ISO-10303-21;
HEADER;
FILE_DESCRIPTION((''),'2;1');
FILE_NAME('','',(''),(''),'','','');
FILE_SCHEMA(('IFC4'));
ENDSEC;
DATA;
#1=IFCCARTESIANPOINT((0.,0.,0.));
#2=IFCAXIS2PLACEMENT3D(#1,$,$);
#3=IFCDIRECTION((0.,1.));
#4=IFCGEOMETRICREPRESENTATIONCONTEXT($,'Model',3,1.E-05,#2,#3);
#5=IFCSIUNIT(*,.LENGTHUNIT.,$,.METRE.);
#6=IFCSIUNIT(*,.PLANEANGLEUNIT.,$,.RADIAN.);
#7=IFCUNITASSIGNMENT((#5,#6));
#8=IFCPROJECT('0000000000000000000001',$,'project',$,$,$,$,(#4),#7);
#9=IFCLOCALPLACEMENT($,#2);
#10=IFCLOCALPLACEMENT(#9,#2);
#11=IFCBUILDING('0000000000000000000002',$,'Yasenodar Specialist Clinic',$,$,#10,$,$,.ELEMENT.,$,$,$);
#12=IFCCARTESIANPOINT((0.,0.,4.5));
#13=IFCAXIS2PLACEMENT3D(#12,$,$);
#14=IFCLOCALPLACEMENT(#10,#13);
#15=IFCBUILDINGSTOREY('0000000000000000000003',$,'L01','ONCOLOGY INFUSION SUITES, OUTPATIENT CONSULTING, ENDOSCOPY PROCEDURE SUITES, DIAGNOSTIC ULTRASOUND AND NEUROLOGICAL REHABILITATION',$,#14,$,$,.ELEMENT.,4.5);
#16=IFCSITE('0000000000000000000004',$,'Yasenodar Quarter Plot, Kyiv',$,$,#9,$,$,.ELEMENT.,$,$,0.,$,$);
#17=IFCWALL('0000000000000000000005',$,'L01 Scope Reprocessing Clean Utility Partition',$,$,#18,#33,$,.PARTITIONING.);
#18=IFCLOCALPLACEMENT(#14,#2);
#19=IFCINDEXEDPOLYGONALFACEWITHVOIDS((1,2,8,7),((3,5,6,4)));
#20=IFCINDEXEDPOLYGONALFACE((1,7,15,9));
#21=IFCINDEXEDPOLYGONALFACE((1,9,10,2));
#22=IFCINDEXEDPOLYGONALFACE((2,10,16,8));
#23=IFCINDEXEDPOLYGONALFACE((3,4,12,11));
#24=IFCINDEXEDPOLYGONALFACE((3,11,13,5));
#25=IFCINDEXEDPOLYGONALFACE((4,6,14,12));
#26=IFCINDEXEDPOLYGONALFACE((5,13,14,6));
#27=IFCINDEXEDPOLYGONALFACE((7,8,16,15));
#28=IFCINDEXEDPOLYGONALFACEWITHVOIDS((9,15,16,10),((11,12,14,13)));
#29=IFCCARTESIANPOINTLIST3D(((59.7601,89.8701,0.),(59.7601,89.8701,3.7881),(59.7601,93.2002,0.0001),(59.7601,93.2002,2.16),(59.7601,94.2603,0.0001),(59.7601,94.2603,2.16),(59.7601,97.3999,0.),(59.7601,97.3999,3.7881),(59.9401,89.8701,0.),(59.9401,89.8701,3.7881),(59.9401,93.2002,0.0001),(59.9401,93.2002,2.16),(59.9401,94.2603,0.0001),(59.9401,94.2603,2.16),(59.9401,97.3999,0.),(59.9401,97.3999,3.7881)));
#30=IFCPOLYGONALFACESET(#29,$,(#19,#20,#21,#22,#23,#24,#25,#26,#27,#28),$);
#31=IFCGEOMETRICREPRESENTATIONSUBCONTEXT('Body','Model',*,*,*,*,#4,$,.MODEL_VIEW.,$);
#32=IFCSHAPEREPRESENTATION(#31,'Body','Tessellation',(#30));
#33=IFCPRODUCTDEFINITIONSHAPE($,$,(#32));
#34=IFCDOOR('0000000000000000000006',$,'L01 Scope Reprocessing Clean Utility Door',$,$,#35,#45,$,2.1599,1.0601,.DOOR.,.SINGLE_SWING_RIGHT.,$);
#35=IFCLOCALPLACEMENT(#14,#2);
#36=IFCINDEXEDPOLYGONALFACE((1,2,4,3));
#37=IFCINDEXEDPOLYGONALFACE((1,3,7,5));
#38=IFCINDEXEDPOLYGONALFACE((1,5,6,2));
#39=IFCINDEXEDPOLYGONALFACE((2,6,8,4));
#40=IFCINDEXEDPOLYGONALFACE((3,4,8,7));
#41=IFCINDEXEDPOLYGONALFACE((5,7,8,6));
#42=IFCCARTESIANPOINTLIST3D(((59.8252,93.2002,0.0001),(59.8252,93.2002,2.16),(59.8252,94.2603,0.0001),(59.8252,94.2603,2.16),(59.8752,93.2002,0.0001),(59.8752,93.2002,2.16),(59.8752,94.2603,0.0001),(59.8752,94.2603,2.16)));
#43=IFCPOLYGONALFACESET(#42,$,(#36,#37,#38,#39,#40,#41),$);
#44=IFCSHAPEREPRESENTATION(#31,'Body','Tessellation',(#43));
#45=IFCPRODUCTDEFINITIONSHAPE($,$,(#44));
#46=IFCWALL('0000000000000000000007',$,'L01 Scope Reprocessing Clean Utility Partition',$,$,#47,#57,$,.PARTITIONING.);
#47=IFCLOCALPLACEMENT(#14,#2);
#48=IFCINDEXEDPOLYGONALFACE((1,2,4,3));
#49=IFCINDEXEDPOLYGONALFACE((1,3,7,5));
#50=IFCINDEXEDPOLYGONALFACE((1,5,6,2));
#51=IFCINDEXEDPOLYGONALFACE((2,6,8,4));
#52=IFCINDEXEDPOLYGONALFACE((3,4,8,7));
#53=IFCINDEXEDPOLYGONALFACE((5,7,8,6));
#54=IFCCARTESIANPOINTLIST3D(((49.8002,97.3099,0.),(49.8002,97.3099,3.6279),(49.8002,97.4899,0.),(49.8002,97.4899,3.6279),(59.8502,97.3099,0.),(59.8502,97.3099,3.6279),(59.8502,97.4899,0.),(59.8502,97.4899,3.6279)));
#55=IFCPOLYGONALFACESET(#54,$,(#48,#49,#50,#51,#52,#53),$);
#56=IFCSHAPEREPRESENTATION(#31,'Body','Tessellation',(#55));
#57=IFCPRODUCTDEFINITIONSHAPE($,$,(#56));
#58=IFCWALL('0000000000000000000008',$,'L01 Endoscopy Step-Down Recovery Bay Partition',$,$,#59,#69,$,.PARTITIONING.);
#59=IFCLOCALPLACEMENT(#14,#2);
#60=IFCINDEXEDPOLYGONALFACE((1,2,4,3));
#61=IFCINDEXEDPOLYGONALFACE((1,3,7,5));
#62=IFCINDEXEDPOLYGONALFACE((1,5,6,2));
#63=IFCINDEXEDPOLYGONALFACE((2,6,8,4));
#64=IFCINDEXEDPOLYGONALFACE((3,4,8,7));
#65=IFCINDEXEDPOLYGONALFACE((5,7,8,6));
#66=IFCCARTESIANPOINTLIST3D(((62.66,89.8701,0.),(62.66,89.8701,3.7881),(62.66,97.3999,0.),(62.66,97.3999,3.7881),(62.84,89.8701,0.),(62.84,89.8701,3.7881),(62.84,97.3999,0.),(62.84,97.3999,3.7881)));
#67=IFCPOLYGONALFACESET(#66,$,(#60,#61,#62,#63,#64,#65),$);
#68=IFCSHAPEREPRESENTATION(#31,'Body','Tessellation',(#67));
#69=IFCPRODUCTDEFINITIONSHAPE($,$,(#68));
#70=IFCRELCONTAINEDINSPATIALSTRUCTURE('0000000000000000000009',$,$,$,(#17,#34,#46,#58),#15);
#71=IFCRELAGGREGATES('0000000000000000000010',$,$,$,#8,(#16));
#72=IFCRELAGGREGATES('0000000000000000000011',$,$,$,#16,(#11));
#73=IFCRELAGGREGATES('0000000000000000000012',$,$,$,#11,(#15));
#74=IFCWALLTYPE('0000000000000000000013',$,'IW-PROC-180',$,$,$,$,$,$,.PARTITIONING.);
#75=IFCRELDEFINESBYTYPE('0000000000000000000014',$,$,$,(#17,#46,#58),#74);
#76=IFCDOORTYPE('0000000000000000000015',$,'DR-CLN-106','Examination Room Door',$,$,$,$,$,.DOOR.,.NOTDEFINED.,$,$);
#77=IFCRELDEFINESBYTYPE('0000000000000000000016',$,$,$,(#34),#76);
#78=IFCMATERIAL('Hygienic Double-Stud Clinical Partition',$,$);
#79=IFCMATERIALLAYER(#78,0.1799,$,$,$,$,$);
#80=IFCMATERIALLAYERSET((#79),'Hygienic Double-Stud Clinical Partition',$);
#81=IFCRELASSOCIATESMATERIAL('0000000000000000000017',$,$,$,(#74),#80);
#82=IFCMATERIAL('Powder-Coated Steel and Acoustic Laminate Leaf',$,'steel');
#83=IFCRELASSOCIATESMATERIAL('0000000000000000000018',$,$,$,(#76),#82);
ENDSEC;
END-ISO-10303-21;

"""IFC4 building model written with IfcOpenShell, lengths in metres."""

from ifc_helpers import new_model, si_unit, direction, frame, frame_2d, origin, place, context, subcontext, project, spatial, rectangle, extrude, material, layer, layer_set, type_object, element, fill, save


model = new_model("IFC4")

# Units and contexts
model_context = context("Model", 3, precision=1e-05, world=origin(), true_north=direction((0.0, 1.0)))
body_context = subcontext(model_context, "Body", "Model", "MODEL_VIEW")
ifc_project = project(units=[si_unit("LENGTHUNIT", "METRE"), si_unit("PLANEANGLEUNIT", "RADIAN")], contexts=[model_context])

# Site, building, storey
site_placement = place(None, origin())
site = spatial("IfcSite", under=ifc_project, at=site_placement, Name="Yasenodar Quarter Plot, Kyiv", CompositionType="ELEMENT", RefElevation=0.0)
building_placement = place(site_placement, origin())
building = spatial("IfcBuilding", under=site, at=building_placement, Name="Yasenodar Specialist Clinic", CompositionType="ELEMENT")
storey_placement = place(building_placement, frame((0.0, 0.0, 4.5)))
storey = spatial("IfcBuildingStorey", under=building, at=storey_placement, Name="L01", Description="ONCOLOGY INFUSION SUITES, OUTPATIENT CONSULTING, ENDOSCOPY PROCEDURE SUITES, DIAGNOSTIC ULTRASOUND AND NEUROLOGICAL REHABILITATION", CompositionType="ELEMENT", Elevation=4.5)

# Wall, opening, door
ifc_material_1 = material(Name="Hygienic Double-Stud Clinical Partition")
ifc_layer_1 = layer(ifc_material_1, 0.1799)
ifc_layer_set_1 = layer_set([ifc_layer_1], Name="Hygienic Double-Stud Clinical Partition")
wall_type_1 = type_object("IfcWallType", Name="IW-PROC-180", PredefinedType="PARTITIONING", material=ifc_layer_set_1)
ifc_material_2 = material(Name="Powder-Coated Steel and Acoustic Laminate Leaf", Category="steel")
wall_1_placement = place(storey_placement, frame((59.8501, 89.8701, 0.0), z_axis=(0.0, 0.0, 1.0), x_axis=(0.0, 1.0, 0.0)))
wall_1 = element("IfcWall", 1, at=wall_1_placement, inside=storey, type_object=wall_type_1, Name="L01 Scope Reprocessing Clean Utility Partition", PredefinedType="PARTITIONING", context=body_context, shape_type="SweptSolid", body=[
    extrude(rectangle(XDim=7.5298, YDim=0.1799, at=frame_2d((3.7649, 0.0))), origin(), (0.0, 0.0, 1.0), 3.7881),
])
opening_1_placement = place(wall_1_placement, frame((3.3301, 0.0, 0.0)))
opening_1 = element("IfcOpeningElement", 2, at=opening_1_placement, cuts=wall_1, PredefinedType="OPENING", context=body_context, shape_type="SweptSolid", body=[
    extrude(rectangle(XDim=1.0601, YDim=2.1599, at=frame_2d((0.53, 1.0801))), frame((0.0, 0.1001, 0.0), z_axis=(0.0, -1.0, 0.0), x_axis=(1.0, 0.0, 0.0)), (0.0, 0.0, 1.0), 0.2),
])
door_type_1 = type_object("IfcDoorType", Name="DR-CLN-106", Description="Examination Room Door", OperationType="NOTDEFINED", PredefinedType="DOOR", material=ifc_material_2)
door_1_placement = place(opening_1_placement, origin())
door_1 = element("IfcDoor", 3, at=door_1_placement, inside=storey, type_object=door_type_1, Name="L01 Scope Reprocessing Clean Utility Door", OperationType="SINGLE_SWING_RIGHT", OverallHeight=2.1599, OverallWidth=1.0601, PredefinedType="DOOR", context=body_context, shape_type="SweptSolid", body=[
    extrude(rectangle(XDim=1.0601, YDim=2.1599, at=frame_2d((0.53, 1.0801))), frame((0.0, 0.0249, 0.0), z_axis=(0.0, -1.0, 0.0), x_axis=(1.0, 0.0, 0.0)), (0.0, 0.0, 1.0), 0.05),
])
fill(opening_1, door_1)

# Walls
wall_2_placement = place(storey_placement, frame((59.8501, 97.3999, 0.0), z_axis=(0.0, 0.0, 1.0), x_axis=(-1.0, 0.0, 0.0)))
element("IfcWall", 4, at=wall_2_placement, inside=storey, type_object=wall_type_1, Name="L01 Scope Reprocessing Clean Utility Partition", PredefinedType="PARTITIONING", context=body_context, shape_type="SweptSolid", body=[
    extrude(rectangle(XDim=10.05, YDim=0.1799, at=frame_2d((5.0249, 0.0))), origin(), (0.0, 0.0, 1.0), 3.6279),
])
wall_3_placement = place(storey_placement, frame((62.75, 97.3999, 0.0), z_axis=(0.0, 0.0, 1.0), x_axis=(0.0, -1.0, 0.0)))
element("IfcWall", 5, at=wall_3_placement, inside=storey, type_object=wall_type_1, Name="L01 Endoscopy Step-Down Recovery Bay Partition", PredefinedType="PARTITIONING", context=body_context, shape_type="SweptSolid", body=[
    extrude(rectangle(XDim=7.5298, YDim=0.1799, at=frame_2d((3.7649, 0.0))), origin(), (0.0, 0.0, 1.0), 3.7881),
])

save(model, "model.ifc")
